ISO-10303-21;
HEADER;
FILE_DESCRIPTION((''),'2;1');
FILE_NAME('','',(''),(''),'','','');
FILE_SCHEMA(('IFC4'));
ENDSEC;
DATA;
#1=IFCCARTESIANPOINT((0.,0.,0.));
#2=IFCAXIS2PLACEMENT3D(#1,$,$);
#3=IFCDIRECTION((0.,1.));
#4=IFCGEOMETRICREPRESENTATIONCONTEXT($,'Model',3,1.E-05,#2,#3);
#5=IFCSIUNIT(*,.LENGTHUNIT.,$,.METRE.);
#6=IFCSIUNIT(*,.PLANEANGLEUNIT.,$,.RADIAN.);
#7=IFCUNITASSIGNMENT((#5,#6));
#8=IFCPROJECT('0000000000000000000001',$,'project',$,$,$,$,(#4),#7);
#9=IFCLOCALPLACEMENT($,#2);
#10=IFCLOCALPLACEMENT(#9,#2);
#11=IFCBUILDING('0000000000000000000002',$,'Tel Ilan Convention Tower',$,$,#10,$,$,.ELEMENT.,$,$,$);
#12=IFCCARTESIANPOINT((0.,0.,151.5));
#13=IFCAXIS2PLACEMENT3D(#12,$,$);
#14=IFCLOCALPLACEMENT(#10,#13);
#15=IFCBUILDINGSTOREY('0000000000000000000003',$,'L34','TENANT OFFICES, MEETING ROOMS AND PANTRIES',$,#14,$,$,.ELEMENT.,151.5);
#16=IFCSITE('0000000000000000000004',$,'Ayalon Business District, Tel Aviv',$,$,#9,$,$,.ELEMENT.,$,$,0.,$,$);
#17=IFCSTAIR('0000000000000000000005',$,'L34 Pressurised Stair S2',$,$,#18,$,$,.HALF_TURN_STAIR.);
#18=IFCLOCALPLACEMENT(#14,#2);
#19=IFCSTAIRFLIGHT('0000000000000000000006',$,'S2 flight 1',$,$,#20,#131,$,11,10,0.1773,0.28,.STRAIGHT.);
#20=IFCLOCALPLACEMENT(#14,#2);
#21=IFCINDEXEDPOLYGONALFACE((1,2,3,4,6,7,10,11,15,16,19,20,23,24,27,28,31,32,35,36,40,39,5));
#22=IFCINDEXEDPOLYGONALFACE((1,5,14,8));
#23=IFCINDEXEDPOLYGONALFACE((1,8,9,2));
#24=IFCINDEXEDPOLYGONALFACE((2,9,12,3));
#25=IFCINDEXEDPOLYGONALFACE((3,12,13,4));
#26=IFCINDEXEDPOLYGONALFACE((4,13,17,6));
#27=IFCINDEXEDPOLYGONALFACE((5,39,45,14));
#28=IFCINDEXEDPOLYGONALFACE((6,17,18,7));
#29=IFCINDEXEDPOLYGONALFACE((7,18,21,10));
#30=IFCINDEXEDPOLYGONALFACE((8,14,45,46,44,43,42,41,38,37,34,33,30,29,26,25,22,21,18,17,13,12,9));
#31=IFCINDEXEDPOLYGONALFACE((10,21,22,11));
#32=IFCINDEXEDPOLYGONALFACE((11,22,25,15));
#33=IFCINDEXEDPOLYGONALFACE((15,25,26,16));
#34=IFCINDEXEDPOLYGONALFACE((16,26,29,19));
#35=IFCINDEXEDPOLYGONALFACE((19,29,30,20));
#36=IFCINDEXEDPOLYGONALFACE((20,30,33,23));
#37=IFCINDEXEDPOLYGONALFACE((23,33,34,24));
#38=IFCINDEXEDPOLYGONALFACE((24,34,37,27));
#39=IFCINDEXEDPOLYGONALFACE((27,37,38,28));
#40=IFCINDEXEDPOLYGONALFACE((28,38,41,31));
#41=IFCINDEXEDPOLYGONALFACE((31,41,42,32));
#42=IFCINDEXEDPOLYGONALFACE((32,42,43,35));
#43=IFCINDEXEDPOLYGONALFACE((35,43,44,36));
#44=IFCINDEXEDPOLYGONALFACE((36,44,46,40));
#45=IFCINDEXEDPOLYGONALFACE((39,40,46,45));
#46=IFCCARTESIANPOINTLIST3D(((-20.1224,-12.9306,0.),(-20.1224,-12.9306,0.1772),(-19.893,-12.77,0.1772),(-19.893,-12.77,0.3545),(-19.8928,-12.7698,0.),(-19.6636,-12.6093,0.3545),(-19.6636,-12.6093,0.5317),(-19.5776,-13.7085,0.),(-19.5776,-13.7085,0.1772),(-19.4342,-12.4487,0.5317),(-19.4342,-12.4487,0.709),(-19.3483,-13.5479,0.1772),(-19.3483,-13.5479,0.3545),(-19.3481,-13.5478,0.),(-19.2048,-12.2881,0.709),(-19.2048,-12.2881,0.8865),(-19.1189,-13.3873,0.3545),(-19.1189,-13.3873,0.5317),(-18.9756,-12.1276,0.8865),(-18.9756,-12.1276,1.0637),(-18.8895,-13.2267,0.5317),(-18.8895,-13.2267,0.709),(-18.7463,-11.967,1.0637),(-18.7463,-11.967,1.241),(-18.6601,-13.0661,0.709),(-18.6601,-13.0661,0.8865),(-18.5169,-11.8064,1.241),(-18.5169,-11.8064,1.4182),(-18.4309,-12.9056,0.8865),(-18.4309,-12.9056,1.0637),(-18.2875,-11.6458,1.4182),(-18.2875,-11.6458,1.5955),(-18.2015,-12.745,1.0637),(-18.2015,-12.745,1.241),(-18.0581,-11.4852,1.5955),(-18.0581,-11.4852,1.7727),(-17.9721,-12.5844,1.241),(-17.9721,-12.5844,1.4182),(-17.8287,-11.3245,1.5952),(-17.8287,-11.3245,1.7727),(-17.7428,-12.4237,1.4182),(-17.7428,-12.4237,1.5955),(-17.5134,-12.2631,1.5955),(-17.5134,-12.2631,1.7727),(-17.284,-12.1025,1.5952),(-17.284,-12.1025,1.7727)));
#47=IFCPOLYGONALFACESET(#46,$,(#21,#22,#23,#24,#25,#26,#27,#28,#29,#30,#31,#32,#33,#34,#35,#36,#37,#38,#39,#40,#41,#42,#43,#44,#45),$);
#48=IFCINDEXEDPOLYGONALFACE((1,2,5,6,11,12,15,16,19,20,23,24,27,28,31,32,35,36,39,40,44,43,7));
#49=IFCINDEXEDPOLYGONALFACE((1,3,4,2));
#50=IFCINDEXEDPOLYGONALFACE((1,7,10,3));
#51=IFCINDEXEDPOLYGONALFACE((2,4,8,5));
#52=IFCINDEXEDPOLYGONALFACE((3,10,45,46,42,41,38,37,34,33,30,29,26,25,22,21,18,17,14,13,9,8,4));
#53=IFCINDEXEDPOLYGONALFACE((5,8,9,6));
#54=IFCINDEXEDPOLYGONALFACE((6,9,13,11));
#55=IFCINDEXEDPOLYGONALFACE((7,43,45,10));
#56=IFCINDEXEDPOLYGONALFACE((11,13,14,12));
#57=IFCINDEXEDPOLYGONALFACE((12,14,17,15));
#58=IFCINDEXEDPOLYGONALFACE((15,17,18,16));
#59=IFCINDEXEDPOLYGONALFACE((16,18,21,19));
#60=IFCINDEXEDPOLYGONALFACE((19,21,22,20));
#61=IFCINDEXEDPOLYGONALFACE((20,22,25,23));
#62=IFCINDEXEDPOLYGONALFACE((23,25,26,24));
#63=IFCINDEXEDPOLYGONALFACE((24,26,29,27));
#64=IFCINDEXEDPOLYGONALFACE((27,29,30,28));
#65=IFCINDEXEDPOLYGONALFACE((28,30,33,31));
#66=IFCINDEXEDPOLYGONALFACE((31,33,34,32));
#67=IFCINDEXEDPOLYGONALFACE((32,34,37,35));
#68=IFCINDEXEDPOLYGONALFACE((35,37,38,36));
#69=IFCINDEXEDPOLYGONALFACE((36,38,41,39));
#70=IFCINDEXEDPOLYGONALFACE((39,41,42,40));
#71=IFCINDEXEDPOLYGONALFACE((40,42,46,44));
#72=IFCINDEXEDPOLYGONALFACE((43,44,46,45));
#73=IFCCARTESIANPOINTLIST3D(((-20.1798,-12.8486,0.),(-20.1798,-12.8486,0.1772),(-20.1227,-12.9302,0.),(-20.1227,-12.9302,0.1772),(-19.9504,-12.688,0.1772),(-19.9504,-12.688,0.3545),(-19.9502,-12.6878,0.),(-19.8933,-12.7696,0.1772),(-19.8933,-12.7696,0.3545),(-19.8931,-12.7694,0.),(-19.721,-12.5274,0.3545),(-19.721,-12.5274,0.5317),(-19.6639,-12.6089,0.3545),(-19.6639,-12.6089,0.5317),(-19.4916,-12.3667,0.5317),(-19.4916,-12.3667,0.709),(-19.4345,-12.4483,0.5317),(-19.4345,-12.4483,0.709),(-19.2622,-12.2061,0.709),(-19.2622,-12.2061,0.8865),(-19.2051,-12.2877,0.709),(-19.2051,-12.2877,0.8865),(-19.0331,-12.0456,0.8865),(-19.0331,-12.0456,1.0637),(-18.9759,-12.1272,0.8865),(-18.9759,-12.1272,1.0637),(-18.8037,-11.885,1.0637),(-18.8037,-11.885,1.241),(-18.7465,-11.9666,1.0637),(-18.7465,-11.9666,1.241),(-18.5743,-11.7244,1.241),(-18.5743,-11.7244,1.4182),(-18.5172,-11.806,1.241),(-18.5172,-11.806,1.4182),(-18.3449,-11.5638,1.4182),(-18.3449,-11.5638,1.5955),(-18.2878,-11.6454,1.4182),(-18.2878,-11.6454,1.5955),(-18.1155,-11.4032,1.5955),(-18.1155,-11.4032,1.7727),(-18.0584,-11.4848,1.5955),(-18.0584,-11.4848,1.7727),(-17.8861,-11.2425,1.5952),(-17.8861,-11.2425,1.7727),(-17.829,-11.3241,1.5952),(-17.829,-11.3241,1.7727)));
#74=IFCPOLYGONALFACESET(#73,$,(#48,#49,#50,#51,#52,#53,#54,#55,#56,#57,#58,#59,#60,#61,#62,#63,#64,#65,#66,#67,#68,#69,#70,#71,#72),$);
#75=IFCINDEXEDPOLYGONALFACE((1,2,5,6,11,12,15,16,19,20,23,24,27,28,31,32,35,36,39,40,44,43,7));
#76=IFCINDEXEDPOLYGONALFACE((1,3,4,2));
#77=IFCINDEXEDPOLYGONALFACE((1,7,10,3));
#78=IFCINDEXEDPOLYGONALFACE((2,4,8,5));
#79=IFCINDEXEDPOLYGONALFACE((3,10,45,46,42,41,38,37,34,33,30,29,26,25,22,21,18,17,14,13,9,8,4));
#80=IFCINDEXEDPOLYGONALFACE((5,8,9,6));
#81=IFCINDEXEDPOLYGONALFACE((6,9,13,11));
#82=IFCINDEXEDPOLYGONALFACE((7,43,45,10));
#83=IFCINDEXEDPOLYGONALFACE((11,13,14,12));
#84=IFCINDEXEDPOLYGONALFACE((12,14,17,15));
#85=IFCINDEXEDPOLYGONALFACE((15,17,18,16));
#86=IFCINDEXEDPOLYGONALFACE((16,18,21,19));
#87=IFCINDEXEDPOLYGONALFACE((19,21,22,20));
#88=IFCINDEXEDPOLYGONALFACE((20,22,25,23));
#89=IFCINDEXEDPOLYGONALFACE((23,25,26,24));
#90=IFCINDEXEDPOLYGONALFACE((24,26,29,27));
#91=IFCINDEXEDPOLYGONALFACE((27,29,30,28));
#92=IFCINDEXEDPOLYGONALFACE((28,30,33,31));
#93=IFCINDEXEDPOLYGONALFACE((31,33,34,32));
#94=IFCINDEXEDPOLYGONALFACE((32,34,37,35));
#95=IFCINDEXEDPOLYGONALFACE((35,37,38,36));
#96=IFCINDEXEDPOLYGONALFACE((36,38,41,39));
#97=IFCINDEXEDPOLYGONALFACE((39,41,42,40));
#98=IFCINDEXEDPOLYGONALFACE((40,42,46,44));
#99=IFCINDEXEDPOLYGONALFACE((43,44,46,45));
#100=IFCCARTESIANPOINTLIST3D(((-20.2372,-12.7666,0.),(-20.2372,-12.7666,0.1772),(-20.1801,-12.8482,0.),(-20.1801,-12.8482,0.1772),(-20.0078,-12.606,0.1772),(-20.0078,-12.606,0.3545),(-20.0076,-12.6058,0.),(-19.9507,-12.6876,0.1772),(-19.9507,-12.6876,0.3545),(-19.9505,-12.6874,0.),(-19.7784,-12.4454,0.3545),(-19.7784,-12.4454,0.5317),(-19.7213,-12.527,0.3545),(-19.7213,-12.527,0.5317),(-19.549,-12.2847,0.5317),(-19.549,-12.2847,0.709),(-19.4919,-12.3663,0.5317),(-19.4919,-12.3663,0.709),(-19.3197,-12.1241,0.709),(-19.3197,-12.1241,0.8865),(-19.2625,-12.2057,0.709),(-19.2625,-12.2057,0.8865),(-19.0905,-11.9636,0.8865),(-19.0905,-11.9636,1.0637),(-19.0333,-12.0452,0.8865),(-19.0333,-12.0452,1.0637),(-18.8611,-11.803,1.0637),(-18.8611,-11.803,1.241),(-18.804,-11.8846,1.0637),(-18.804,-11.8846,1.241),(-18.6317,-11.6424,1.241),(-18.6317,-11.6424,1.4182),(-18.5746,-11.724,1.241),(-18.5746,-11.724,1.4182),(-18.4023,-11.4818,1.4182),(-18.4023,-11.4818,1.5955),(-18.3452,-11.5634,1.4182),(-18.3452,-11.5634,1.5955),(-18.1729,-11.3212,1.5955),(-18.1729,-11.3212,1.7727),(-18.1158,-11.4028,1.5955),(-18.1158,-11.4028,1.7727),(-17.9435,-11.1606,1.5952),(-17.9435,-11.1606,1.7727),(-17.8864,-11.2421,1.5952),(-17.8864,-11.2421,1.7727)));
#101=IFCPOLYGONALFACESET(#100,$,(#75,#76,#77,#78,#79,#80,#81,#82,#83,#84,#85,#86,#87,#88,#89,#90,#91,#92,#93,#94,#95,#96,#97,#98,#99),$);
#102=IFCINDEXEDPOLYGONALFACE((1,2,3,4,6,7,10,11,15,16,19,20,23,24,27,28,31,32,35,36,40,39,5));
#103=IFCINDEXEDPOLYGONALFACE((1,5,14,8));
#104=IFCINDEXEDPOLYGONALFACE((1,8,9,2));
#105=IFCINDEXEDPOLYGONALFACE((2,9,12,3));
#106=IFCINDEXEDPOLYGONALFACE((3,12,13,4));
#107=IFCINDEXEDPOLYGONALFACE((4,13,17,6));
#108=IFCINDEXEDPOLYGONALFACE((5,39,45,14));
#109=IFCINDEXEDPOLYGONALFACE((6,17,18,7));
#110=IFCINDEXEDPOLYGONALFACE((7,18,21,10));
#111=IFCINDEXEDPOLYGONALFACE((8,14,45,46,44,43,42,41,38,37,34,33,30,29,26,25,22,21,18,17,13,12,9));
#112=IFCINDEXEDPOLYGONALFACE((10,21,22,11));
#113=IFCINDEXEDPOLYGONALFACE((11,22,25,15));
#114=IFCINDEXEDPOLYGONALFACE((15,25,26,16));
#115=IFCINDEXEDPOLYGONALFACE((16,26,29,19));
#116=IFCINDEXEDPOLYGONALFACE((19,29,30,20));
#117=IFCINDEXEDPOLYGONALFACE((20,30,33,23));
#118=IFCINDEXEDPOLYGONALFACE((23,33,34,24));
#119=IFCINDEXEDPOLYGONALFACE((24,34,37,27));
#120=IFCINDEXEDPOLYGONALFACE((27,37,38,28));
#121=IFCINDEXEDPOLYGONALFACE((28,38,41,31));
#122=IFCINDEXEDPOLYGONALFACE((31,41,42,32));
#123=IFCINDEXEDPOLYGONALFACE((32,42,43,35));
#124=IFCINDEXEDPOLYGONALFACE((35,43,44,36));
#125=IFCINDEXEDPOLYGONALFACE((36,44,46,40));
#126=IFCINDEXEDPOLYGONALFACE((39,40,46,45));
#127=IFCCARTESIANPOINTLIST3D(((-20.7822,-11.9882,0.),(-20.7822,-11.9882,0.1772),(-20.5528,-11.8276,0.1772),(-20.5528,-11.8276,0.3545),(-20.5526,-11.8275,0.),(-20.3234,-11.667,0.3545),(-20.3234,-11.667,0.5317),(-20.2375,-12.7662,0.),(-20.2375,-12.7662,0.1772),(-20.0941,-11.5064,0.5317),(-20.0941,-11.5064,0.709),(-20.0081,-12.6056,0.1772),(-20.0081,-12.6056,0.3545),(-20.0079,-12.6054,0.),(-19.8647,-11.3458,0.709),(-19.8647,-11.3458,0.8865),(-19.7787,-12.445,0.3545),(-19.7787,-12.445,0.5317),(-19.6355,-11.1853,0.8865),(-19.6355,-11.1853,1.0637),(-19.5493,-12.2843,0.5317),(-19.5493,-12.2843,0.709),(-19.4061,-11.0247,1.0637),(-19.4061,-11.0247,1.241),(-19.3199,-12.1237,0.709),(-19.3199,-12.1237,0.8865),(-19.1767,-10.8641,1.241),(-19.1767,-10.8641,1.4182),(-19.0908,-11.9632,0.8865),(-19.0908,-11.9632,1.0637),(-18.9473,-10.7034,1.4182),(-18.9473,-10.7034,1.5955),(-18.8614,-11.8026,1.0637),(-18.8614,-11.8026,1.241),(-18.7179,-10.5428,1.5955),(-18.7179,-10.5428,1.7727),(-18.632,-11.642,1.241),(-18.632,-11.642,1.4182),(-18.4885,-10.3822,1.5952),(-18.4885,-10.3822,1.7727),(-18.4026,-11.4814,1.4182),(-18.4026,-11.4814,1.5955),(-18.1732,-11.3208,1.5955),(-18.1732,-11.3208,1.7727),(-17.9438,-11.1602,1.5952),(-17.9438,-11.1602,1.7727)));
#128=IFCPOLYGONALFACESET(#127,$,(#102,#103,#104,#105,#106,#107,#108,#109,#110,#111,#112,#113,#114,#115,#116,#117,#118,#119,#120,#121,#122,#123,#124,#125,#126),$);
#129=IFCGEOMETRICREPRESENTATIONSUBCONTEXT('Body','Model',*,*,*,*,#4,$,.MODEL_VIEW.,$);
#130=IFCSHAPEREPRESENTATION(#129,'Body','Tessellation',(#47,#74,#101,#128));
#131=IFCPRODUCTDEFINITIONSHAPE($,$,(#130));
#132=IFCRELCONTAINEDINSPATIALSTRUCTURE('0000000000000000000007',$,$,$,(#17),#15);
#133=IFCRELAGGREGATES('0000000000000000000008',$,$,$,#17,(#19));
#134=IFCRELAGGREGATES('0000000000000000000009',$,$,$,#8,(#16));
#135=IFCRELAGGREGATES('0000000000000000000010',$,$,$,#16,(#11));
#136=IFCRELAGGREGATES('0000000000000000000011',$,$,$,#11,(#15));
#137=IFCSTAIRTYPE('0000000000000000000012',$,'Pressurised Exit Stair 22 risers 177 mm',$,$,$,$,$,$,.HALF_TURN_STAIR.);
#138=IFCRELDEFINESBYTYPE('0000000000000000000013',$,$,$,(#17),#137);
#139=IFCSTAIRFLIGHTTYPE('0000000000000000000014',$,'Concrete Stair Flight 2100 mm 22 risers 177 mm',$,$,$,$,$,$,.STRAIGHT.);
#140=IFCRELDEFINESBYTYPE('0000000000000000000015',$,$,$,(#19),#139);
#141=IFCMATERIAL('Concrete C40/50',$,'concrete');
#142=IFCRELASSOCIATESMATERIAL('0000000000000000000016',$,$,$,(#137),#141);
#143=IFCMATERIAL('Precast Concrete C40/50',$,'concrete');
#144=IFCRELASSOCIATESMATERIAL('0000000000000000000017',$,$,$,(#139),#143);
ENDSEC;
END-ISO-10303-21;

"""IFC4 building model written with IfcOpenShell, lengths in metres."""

from ifc_helpers import new_model, si_unit, direction, frame, origin, place, context, subcontext, project, spatial, polyline, outline, extrude, material, type_object, element, aggregate, save


model = new_model("IFC4")

# Units and contexts
model_context = context("Model", 3, precision=1e-05, world=origin(), true_north=direction((0.0, 1.0)))
body_context = subcontext(model_context, "Body", "Model", "MODEL_VIEW")
ifc_project = project(units=[si_unit("LENGTHUNIT", "METRE"), si_unit("PLANEANGLEUNIT", "RADIAN")], contexts=[model_context])

# Site, building, storey
site_placement = place(None, origin())
site = spatial("IfcSite", under=ifc_project, at=site_placement, Name="Ayalon Business District, Tel Aviv", CompositionType="ELEMENT", RefElevation=0.0)
building_placement = place(site_placement, origin())
building = spatial("IfcBuilding", under=site, at=building_placement, Name="Tel Ilan Convention Tower", CompositionType="ELEMENT")
storey_placement = place(building_placement, frame((0.0, 0.0, 151.5)))
storey = spatial("IfcBuildingStorey", under=building, at=storey_placement, Name="L34", Description="TENANT OFFICES, MEETING ROOMS AND PANTRIES", CompositionType="ELEMENT", Elevation=151.5)

# Stair, stair flight
ifc_material_1 = material(Name="Concrete C40/50", Category="concrete")
stair_type = type_object("IfcStairType", Name="Pressurised Exit Stair 22 risers 177 mm", PredefinedType="HALF_TURN_STAIR", material=ifc_material_1)
ifc_material_2 = material(Name="Precast Concrete C40/50", Category="concrete")
stair_flight_type = type_object("IfcStairFlightType", Name="Concrete Stair Flight 2100 mm 22 risers 177 mm", PredefinedType="STRAIGHT", material=ifc_material_2)
stair_1_placement = place(storey_placement, origin())
stair_1 = element("IfcStair", 1, at=stair_1_placement, inside=storey, type_object=stair_type, Name="L34 Pressurised Stair S2", PredefinedType="HALF_TURN_STAIR")
stair_flight_1_placement = place(storey_placement, frame((-20.1799, -12.8484, 0.0), z_axis=(0.0, 0.0, 1.0), x_axis=(0.819152, 0.573576, 0.0)))
stair_flight_1 = element("IfcStairFlight", 2, at=stair_flight_1_placement, type_object=stair_flight_type, Name="S2 flight 1", NumberOfRisers=11, NumberOfTreads=10, PredefinedType="STRAIGHT", RiserHeight=0.1773, TreadLength=0.28, context=body_context, shape_type="SweptSolid", body=[
    extrude(outline(polyline([(0.0, 0.0), (0.0, 0.1772), (0.28, 0.1772), (0.28, 0.3545), (0.5601, 0.3545), (0.5601, 0.5317), (0.8401, 0.5317), (0.8401, 0.709), (1.1201, 0.709), (1.1201, 0.8865), (1.3999, 0.8865), (1.3999, 1.0637), (1.6799, 1.0637), (1.6799, 1.241), (1.96, 1.241), (1.96, 1.4182), (2.24, 1.4182), (2.24, 1.5955), (2.52, 1.5955), (2.52, 1.7727), (2.8, 1.7727), (2.8, 1.95), (2.8, 1.5952), (0.2803, 0.0), (0.0, 0.0)])), frame((0.0, -0.1003, 0.0), z_axis=(0.0, -1.0, 0.0), x_axis=(1.0, 0.0, 0.0)), (0.0, 0.0, 1.0), 0.9497),
    extrude(outline(polyline([(0.0, 0.0), (0.0, 0.1772), (0.28, 0.1772), (0.28, 0.3545), (0.5601, 0.3545), (0.5601, 0.5317), (0.8401, 0.5317), (0.8401, 0.709), (1.1201, 0.709), (1.1201, 0.8865), (1.3999, 0.8865), (1.3999, 1.0637), (1.6799, 1.0637), (1.6799, 1.241), (1.96, 1.241), (1.96, 1.4182), (2.24, 1.4182), (2.24, 1.5955), (2.52, 1.5955), (2.52, 1.7727), (2.8, 1.7727), (2.8, 1.95), (2.8, 1.5952), (0.2803, 0.0), (0.0, 0.0)])), frame((0.0, -0.0002, 0.0), z_axis=(0.0, -1.0, 0.0), x_axis=(1.0, 0.0, 0.0)), (0.0, 0.0, 1.0), 0.0996),
    extrude(outline(polyline([(0.0, 0.0), (0.0, 0.1772), (0.28, 0.1772), (0.28, 0.3545), (0.5601, 0.3545), (0.5601, 0.5317), (0.8401, 0.5317), (0.8401, 0.709), (1.1201, 0.709), (1.1201, 0.8865), (1.3999, 0.8865), (1.3999, 1.0637), (1.6799, 1.0637), (1.6799, 1.241), (1.96, 1.241), (1.96, 1.4182), (2.24, 1.4182), (2.24, 1.5955), (2.52, 1.5955), (2.52, 1.7727), (2.8, 1.7727), (2.8, 1.95), (2.8, 1.5952), (0.2803, 0.0), (0.0, 0.0)])), frame((0.0, 0.0999, 0.0), z_axis=(0.0, -1.0, 0.0), x_axis=(1.0, 0.0, 0.0)), (0.0, 0.0, 1.0), 0.0996),
    extrude(outline(polyline([(0.0, 0.0), (0.0, 0.1772), (0.28, 0.1772), (0.28, 0.3545), (0.5601, 0.3545), (0.5601, 0.5317), (0.8401, 0.5317), (0.8401, 0.709), (1.1201, 0.709), (1.1201, 0.8865), (1.3999, 0.8865), (1.3999, 1.0637), (1.6799, 1.0637), (1.6799, 1.241), (1.96, 1.241), (1.96, 1.4182), (2.24, 1.4182), (2.24, 1.5955), (2.52, 1.5955), (2.52, 1.7727), (2.8, 1.7727), (2.8, 1.95), (2.8, 1.5952), (0.2803, 0.0), (0.0, 0.0)])), frame((0.0, 1.05, 0.0), z_axis=(0.0, -1.0, 0.0), x_axis=(1.0, 0.0, 0.0)), (0.0, 0.0, 1.0), 0.9497),
])
aggregate(stair_1, [stair_flight_1])

save(model, "model.ifc")
